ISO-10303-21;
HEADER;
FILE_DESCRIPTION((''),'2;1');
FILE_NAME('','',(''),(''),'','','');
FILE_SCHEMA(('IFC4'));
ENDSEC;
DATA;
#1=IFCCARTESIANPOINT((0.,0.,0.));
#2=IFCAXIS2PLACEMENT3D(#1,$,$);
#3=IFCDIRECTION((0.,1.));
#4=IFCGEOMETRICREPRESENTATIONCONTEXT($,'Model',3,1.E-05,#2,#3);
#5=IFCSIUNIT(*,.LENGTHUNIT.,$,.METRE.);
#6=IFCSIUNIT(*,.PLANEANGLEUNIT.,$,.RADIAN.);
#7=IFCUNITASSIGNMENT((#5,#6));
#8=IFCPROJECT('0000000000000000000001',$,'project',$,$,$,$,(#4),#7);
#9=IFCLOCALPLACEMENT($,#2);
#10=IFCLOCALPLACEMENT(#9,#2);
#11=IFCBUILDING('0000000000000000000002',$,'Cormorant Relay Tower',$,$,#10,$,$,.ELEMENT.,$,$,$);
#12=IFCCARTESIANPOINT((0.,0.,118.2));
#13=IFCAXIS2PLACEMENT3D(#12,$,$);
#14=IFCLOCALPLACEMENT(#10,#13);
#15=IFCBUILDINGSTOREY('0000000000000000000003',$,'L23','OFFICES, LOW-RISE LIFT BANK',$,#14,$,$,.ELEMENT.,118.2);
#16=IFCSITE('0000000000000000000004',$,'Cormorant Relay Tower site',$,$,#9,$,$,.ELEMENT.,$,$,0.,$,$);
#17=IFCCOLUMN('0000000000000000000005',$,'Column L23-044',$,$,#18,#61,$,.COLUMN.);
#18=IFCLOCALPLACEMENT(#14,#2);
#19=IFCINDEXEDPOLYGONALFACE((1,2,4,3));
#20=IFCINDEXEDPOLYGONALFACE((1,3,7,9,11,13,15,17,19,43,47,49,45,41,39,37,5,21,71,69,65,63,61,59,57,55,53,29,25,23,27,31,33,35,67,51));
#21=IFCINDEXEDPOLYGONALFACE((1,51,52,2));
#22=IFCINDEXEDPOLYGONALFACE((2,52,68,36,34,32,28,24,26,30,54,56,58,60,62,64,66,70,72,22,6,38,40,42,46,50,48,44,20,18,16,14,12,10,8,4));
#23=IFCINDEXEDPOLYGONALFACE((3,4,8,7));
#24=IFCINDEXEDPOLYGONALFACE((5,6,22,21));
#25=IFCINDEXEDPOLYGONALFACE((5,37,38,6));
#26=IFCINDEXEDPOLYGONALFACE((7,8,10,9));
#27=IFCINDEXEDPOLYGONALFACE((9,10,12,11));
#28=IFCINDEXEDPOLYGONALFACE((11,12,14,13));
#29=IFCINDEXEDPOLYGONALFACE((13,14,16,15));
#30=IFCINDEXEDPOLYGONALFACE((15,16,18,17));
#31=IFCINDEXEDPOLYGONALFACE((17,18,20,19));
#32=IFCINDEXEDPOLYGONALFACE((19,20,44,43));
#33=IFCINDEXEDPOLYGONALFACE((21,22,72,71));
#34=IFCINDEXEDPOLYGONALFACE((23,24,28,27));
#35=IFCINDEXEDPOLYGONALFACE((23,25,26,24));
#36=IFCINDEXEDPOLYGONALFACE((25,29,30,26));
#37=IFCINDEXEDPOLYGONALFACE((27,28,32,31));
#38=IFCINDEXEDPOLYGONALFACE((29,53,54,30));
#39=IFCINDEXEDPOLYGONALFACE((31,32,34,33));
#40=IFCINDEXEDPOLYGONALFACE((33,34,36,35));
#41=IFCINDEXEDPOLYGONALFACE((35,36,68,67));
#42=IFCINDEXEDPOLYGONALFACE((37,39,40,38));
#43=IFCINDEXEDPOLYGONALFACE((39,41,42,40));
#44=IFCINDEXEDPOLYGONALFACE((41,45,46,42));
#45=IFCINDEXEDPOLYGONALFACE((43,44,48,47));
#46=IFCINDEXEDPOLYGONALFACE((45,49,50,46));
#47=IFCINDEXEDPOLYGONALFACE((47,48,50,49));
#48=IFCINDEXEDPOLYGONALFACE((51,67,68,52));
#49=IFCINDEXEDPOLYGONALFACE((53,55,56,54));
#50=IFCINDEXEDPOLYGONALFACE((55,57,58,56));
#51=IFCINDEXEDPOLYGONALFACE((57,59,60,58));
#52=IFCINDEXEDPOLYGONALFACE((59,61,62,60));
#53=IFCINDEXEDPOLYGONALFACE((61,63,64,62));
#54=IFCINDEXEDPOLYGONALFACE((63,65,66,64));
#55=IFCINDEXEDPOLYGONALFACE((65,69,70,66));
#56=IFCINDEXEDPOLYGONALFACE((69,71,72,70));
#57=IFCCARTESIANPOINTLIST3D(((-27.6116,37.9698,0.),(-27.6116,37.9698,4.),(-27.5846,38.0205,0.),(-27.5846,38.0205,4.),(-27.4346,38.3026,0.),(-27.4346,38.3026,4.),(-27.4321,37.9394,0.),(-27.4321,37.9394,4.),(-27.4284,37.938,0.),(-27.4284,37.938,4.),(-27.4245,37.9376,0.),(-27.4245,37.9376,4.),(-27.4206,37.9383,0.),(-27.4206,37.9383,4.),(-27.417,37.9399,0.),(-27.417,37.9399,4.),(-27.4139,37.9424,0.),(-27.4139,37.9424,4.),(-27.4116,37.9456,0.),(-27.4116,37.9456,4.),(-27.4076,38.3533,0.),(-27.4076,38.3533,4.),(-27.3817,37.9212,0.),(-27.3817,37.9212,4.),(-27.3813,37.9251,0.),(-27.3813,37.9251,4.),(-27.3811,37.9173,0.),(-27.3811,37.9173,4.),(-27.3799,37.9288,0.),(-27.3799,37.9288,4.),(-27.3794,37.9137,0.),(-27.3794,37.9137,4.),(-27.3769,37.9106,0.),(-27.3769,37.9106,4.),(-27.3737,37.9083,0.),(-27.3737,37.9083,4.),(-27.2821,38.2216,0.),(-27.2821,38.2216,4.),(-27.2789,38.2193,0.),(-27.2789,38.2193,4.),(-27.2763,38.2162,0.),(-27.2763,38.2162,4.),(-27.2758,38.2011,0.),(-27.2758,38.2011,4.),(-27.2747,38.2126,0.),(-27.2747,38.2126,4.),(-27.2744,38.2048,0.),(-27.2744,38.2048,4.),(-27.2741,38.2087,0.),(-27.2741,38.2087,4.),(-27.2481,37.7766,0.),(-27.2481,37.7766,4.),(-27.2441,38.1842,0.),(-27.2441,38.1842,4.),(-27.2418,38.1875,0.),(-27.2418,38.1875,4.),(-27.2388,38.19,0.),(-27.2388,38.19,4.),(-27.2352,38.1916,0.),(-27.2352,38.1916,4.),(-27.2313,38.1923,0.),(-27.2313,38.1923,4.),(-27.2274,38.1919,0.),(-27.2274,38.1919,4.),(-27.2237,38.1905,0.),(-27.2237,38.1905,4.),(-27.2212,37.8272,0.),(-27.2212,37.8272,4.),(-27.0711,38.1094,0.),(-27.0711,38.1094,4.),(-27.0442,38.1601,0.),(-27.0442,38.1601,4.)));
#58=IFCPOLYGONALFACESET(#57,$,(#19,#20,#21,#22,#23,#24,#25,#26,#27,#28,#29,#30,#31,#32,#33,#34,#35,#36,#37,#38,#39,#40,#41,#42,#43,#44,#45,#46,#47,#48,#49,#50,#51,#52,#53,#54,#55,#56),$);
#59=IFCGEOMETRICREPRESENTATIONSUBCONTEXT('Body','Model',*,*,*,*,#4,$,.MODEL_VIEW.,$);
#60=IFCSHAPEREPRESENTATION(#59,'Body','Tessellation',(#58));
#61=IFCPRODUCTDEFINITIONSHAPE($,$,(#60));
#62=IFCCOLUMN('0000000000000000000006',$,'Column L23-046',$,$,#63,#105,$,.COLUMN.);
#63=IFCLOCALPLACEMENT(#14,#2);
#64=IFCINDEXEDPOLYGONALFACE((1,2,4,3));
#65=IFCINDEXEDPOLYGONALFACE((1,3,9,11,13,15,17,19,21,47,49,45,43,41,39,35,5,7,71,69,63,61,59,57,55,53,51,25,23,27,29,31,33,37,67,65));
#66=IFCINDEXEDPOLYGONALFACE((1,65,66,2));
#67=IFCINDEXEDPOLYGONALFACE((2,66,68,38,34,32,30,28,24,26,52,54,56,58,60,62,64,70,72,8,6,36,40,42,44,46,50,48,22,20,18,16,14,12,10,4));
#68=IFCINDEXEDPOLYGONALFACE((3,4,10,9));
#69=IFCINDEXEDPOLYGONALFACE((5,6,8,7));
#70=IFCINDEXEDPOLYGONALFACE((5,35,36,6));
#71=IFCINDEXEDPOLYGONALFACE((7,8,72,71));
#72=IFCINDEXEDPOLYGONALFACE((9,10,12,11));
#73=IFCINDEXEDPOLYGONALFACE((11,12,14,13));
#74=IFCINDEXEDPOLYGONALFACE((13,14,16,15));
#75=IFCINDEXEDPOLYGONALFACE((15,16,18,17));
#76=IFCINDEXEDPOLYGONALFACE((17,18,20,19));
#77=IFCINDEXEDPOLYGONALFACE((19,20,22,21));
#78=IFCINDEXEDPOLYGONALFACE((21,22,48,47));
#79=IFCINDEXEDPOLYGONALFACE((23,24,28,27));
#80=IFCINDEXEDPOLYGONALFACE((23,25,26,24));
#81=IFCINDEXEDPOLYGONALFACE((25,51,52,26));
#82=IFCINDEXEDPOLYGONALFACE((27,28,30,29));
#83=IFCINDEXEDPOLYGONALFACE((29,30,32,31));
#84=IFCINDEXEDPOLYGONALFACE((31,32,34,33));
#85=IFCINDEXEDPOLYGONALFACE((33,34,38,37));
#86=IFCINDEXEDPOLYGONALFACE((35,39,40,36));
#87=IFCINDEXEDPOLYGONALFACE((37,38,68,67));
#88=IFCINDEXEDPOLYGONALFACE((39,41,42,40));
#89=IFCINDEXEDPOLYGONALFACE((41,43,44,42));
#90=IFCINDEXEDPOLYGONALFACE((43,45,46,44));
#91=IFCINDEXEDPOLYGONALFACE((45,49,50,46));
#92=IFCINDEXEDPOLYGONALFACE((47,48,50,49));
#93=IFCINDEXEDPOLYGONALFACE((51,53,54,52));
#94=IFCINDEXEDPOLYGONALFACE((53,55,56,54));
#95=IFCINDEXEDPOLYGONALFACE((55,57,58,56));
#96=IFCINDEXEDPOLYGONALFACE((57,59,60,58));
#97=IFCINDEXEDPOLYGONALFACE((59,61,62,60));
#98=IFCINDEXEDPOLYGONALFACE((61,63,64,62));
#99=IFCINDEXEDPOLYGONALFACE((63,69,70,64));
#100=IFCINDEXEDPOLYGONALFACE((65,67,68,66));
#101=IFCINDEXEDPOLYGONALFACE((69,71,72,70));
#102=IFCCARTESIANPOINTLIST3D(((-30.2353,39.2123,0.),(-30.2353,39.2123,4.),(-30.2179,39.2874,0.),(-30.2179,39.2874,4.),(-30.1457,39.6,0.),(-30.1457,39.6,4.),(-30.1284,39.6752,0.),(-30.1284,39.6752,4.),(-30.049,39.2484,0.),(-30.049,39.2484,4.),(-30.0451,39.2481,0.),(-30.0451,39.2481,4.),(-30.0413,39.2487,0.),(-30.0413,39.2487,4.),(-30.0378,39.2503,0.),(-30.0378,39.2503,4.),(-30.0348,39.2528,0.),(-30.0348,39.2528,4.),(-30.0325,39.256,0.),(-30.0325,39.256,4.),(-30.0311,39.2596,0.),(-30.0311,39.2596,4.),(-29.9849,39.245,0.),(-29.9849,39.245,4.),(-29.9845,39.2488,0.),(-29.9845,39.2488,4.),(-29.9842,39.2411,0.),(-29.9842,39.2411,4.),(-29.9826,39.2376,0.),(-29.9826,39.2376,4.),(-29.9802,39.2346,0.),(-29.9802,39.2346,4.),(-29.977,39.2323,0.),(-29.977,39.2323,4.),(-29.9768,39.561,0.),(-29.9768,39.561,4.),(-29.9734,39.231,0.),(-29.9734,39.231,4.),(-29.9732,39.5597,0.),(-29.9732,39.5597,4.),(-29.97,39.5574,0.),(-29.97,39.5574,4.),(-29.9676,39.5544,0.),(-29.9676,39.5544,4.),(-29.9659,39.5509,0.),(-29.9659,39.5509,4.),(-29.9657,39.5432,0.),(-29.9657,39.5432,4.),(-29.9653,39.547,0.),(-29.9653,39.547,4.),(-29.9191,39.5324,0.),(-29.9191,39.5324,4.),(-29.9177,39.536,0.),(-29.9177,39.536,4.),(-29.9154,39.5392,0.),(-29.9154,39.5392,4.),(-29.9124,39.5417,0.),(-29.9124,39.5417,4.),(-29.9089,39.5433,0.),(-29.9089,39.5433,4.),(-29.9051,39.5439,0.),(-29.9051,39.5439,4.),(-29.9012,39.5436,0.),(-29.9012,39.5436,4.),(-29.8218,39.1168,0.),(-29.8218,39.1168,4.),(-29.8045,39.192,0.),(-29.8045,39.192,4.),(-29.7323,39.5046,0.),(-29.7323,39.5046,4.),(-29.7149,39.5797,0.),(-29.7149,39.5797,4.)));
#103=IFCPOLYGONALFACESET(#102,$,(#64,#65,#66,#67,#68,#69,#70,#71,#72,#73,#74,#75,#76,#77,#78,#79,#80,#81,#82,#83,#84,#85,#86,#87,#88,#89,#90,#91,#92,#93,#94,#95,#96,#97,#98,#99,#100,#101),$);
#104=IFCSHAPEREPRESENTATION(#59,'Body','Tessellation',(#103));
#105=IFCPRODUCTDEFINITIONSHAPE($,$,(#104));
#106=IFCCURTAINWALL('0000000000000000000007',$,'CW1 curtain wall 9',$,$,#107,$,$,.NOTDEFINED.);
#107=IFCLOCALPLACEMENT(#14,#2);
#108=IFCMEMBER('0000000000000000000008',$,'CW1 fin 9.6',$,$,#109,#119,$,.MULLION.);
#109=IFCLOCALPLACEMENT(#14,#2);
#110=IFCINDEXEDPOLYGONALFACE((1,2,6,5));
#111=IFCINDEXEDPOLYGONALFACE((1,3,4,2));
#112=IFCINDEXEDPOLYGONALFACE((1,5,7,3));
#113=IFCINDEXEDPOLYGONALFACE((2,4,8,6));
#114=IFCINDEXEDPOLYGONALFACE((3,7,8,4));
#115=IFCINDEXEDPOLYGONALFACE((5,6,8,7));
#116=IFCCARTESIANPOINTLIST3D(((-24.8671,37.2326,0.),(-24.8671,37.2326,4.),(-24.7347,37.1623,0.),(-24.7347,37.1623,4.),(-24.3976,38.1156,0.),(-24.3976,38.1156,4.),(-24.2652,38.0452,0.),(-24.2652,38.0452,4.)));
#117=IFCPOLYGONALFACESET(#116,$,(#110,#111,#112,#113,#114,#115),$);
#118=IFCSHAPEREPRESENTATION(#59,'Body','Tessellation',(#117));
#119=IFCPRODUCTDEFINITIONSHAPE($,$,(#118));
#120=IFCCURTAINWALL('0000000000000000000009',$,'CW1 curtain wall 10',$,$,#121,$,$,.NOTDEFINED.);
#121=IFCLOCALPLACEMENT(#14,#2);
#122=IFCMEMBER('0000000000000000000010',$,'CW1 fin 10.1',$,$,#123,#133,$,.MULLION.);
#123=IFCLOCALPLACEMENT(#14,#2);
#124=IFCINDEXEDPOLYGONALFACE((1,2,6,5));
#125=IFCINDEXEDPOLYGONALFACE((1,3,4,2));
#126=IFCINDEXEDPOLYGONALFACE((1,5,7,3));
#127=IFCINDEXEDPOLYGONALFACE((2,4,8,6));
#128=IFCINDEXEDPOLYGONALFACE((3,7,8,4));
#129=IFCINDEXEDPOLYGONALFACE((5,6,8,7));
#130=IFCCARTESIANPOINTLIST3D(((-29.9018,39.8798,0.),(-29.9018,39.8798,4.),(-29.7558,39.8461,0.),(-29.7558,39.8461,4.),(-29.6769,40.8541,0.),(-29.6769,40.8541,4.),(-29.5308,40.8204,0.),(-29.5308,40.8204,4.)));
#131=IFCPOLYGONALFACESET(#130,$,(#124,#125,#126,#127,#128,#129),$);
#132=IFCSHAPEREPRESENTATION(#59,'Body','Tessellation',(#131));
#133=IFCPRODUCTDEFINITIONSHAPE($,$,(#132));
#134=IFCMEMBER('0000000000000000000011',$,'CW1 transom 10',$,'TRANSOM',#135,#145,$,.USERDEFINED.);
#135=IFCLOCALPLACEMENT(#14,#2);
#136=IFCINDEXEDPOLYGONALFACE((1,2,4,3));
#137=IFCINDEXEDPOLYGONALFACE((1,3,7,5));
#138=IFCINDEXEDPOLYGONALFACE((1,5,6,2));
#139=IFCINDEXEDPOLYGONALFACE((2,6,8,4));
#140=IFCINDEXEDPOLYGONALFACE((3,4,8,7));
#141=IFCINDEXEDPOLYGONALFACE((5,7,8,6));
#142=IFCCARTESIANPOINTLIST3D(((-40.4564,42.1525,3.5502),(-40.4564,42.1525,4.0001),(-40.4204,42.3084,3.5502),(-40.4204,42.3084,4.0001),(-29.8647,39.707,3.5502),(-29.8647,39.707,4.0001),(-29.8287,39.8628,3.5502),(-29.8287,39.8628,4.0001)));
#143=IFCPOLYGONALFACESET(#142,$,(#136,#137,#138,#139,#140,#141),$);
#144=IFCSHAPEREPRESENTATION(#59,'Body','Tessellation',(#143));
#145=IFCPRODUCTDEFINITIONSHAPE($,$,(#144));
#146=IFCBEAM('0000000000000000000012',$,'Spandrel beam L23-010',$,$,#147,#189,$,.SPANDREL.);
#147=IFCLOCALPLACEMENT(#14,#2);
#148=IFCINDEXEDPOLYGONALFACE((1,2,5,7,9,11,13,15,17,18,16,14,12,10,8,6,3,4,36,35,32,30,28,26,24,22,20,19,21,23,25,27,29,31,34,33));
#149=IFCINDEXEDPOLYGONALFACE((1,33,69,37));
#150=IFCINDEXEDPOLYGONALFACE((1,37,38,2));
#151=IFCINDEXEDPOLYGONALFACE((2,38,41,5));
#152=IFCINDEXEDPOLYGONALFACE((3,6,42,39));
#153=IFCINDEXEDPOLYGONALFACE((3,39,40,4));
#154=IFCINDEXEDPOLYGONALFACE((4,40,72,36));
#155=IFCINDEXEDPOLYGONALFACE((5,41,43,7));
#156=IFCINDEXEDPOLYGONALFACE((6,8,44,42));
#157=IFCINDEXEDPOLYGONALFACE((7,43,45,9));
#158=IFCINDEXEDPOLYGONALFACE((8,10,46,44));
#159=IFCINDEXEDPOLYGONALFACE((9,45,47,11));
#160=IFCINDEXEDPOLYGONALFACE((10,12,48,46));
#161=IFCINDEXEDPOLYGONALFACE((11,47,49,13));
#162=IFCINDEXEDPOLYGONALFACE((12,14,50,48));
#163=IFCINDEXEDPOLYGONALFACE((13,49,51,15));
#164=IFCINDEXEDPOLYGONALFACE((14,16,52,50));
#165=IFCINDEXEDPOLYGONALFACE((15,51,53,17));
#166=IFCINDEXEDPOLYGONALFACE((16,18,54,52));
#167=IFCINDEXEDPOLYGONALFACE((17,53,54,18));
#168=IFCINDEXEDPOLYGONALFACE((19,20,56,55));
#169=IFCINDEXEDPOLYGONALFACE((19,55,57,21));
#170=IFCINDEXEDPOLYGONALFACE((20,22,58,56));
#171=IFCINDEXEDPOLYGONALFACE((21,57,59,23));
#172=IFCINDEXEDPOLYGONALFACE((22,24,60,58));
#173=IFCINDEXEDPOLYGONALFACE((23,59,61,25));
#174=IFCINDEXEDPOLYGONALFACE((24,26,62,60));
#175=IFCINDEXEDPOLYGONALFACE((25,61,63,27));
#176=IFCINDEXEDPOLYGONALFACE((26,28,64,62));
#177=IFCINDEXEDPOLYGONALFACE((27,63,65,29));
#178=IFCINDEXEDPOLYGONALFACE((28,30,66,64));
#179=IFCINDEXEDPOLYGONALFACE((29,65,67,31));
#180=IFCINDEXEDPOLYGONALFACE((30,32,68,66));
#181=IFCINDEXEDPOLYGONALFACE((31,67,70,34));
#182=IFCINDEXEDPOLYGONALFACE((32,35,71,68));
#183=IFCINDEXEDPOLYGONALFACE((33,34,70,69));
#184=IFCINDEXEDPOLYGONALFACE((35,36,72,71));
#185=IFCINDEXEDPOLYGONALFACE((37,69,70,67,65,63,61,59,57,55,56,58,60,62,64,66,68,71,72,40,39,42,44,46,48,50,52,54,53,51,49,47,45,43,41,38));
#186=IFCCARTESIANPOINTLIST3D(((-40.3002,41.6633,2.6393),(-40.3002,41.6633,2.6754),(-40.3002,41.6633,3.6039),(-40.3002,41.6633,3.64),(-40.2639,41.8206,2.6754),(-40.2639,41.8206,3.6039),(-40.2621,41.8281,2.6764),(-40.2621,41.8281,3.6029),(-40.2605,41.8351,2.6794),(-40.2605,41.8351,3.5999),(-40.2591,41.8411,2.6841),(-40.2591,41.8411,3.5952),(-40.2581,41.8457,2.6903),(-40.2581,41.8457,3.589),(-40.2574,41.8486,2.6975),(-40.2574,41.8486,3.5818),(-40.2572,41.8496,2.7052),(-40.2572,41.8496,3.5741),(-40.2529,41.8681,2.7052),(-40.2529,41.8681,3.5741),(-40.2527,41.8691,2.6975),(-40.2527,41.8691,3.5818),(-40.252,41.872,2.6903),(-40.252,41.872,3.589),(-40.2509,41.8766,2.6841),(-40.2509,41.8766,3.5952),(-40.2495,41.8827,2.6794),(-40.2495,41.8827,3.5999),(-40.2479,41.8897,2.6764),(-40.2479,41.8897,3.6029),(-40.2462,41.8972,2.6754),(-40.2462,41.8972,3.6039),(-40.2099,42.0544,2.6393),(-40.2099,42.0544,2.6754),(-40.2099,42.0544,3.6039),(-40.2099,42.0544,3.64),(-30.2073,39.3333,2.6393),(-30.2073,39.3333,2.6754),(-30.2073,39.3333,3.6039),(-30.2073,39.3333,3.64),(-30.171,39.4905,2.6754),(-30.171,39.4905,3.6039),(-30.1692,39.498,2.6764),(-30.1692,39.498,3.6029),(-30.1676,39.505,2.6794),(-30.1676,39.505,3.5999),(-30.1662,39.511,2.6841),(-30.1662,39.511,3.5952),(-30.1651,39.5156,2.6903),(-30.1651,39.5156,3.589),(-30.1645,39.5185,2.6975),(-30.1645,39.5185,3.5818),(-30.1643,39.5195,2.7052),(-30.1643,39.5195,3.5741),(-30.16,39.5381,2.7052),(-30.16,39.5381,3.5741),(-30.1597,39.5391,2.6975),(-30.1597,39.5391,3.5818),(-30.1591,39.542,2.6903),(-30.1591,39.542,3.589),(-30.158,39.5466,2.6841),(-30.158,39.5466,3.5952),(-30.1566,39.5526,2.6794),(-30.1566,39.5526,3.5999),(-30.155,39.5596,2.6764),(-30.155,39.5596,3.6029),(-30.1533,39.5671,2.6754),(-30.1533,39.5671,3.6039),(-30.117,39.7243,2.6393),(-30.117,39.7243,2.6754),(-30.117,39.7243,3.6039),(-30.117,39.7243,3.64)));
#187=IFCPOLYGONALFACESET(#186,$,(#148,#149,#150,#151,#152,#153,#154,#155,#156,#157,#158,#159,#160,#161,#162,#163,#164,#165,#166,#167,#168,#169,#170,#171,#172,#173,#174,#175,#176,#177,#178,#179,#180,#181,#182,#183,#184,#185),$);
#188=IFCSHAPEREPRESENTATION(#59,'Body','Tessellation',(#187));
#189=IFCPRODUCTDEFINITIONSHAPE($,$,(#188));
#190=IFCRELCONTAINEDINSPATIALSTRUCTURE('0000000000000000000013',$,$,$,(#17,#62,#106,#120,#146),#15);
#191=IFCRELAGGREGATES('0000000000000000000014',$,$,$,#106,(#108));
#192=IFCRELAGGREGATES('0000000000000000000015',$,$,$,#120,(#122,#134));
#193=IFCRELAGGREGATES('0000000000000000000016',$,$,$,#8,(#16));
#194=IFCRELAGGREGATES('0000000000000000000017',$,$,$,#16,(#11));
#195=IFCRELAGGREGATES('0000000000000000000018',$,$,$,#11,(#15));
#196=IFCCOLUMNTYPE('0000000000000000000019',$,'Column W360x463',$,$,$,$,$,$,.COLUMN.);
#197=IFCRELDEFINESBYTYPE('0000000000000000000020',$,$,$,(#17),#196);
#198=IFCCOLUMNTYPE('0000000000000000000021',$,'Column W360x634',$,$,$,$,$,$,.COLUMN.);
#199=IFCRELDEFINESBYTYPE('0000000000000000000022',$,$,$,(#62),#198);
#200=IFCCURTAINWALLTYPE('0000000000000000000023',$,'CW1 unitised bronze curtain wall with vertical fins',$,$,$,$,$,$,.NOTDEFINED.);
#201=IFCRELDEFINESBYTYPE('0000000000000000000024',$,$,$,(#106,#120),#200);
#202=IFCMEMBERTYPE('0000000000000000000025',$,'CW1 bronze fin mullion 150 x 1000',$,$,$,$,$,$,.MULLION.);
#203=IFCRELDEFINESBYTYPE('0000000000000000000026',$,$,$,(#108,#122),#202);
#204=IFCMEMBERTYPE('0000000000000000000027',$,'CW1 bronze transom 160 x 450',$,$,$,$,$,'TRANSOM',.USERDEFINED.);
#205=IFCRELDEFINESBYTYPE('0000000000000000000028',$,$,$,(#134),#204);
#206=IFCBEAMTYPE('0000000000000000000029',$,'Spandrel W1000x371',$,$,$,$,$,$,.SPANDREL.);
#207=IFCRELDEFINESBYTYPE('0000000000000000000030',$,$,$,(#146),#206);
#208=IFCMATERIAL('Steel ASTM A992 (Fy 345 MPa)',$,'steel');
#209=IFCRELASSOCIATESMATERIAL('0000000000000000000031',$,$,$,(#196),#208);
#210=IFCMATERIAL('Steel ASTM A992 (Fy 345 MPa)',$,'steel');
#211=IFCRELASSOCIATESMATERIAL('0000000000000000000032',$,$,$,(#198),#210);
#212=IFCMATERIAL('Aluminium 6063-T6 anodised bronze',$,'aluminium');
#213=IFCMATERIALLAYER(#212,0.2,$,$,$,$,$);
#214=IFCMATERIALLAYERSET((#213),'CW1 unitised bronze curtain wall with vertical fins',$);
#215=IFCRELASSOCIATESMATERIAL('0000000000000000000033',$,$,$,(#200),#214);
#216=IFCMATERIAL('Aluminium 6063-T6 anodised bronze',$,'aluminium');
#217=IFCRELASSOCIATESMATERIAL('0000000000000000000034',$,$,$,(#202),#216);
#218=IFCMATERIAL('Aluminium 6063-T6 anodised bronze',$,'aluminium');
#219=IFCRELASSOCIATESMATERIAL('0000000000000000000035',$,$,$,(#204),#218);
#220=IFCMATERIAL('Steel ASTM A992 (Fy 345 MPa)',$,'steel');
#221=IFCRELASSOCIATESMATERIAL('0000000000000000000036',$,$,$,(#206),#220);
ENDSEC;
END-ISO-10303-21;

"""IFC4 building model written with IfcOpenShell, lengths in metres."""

from ifc_helpers import new_model, si_unit, direction, frame, origin, origin_2d, place, context, subcontext, project, spatial, rectangle, i_section, extrude, material, layer, layer_set, material_profile, profile_set, type_object, element, aggregate, save


model = new_model("IFC4")

# Units and contexts
model_context = context("Model", 3, precision=1e-05, world=origin(), true_north=direction((0.0, 1.0)))
body_context = subcontext(model_context, "Body", "Model", "MODEL_VIEW")
ifc_project = project(units=[si_unit("LENGTHUNIT", "METRE"), si_unit("PLANEANGLEUNIT", "RADIAN")], contexts=[model_context])

# Site, building, storey
site_placement = place(None, origin())
site = spatial("IfcSite", under=ifc_project, at=site_placement, Name="Cormorant Relay Tower site", CompositionType="ELEMENT", RefElevation=0.0)
building_placement = place(site_placement, origin())
building = spatial("IfcBuilding", under=site, at=building_placement, Name="Cormorant Relay Tower", CompositionType="ELEMENT")
storey_placement = place(building_placement, frame((0.0, 0.0, 118.2)))
storey = spatial("IfcBuildingStorey", under=building, at=storey_placement, Name="L23", Description="OFFICES, LOW-RISE LIFT BANK", CompositionType="ELEMENT", Elevation=118.2)

# Columns
ifc_material_1 = material(Name="Steel ASTM A992 (Fy 345 MPa)", Category="steel")
ifc_material_profile_1 = material_profile(ifc_material_1, i_section(OverallWidth=0.4116, OverallDepth=0.4343, WebThickness=0.0359, FlangeThickness=0.0574, FilletRadius=0.0151, at=origin_2d()), Name="W360x463")
ifc_profile_set_1 = profile_set([ifc_material_profile_1], Name="Steel ASTM A992 (Fy 345 MPa)")
column_type_1 = type_object("IfcColumnType", Name="Column W360x463", PredefinedType="COLUMN", material=ifc_profile_set_1)
column_1_placement = place(storey_placement, frame((-27.3279, 38.0649, 0.0), z_axis=(0.0, 0.0, 1.0), x_axis=(-0.882948, 0.469472, 0.0)))
element("IfcColumn", 1, at=column_1_placement, inside=storey, type_object=column_type_1, Name="Column L23-044", PredefinedType="COLUMN", context=body_context, shape_type="SweptSolid", body=[
    extrude(i_section(OverallWidth=0.4116, OverallDepth=0.4343, WebThickness=0.0359, FlangeThickness=0.0574, FilletRadius=0.0151, at=origin_2d()), origin(), (0.0, 0.0, 1.0), 4.0),
])
ifc_material_2 = material(Name="Steel ASTM A992 (Fy 345 MPa)", Category="steel")
ifc_material_profile_2 = material_profile(ifc_material_2, i_section(OverallWidth=0.4243, OverallDepth=0.4751, WebThickness=0.0479, FlangeThickness=0.0771, FilletRadius=0.0149, at=origin_2d()), Name="W360x634")
ifc_profile_set_2 = profile_set([ifc_material_profile_2], Name="Steel ASTM A992 (Fy 345 MPa)")
column_type_2 = type_object("IfcColumnType", Name="Column W360x634", PredefinedType="COLUMN", material=ifc_profile_set_2)
column_2_placement = place(storey_placement, frame((-29.9751, 39.396, 0.0), z_axis=(0.0, 0.0, 1.0), x_axis=(-0.97437, 0.224951, 0.0)))
element("IfcColumn", 2, at=column_2_placement, inside=storey, type_object=column_type_2, Name="Column L23-046", PredefinedType="COLUMN", context=body_context, shape_type="SweptSolid", body=[
    extrude(i_section(OverallWidth=0.4243, OverallDepth=0.4751, WebThickness=0.0479, FlangeThickness=0.0771, FilletRadius=0.0149, at=origin_2d()), origin(), (0.0, 0.0, 1.0), 4.0),
])

# Curtain wall, member
ifc_material_3 = material(Name="Aluminium 6063-T6 anodised bronze", Category="aluminium")
ifc_layer_1 = layer(ifc_material_3, 0.2)
ifc_layer_set_1 = layer_set([ifc_layer_1], Name="CW1 unitised bronze curtain wall with vertical fins")
curtain_wall_type = type_object("IfcCurtainWallType", Name="CW1 unitised bronze curtain wall with vertical fins", PredefinedType="NOTDEFINED", material=ifc_layer_set_1)
curtain_wall_1_placement = place(storey_placement, origin())
curtain_wall_1 = element("IfcCurtainWall", 3, at=curtain_wall_1_placement, inside=storey, type_object=curtain_wall_type, Name="CW1 curtain wall 9", PredefinedType="NOTDEFINED")
ifc_material_4 = material(Name="Aluminium 6063-T6 anodised bronze", Category="aluminium")
ifc_material_profile_3 = material_profile(ifc_material_4, rectangle(XDim=0.1499, YDim=1.0, at=origin_2d()), Name="AL 150x1000")
ifc_profile_set_3 = profile_set([ifc_material_profile_3], Name="Aluminium 6063-T6 anodised bronze")
member_type_1 = type_object("IfcMemberType", Name="CW1 bronze fin mullion 150 x 1000", PredefinedType="MULLION", material=ifc_profile_set_3)
member_1_placement = place(storey_placement, frame((-24.5662, 37.6389, 0.0), z_axis=(0.0, 0.0, 1.0), x_axis=(-0.882948, 0.469472, 0.0)))
member_1 = element("IfcMember", 4, at=member_1_placement, type_object=member_type_1, Name="CW1 fin 9.6", PredefinedType="MULLION", context=body_context, shape_type="SweptSolid", body=[
    extrude(rectangle(XDim=0.1499, YDim=1.0, at=origin_2d()), origin(), (0.0, 0.0, 1.0), 4.0),
])

# Curtain wall, members
curtain_wall_2_placement = place(storey_placement, origin())
curtain_wall_2 = element("IfcCurtainWall", 5, at=curtain_wall_2_placement, inside=storey, type_object=curtain_wall_type, Name="CW1 curtain wall 10", PredefinedType="NOTDEFINED")
member_2_placement = place(storey_placement, frame((-29.7163, 40.3501, 0.0), z_axis=(0.0, 0.0, 1.0), x_axis=(-0.97437, 0.224951, 0.0)))
member_2 = element("IfcMember", 6, at=member_2_placement, type_object=member_type_1, Name="CW1 fin 10.1", PredefinedType="MULLION", context=body_context, shape_type="SweptSolid", body=[
    extrude(rectangle(XDim=0.1499, YDim=1.0, at=origin_2d()), origin(), (0.0, 0.0, 1.0), 4.0),
])
ifc_material_5 = material(Name="Aluminium 6063-T6 anodised bronze", Category="aluminium")
ifc_material_profile_4 = material_profile(ifc_material_5, rectangle(XDim=0.1599, YDim=0.45, at=origin_2d()), Name="AL 160x450")
ifc_profile_set_4 = profile_set([ifc_material_profile_4], Name="Aluminium 6063-T6 anodised bronze")
member_type_2 = type_object("IfcMemberType", Name="CW1 bronze transom 160 x 450", ElementType="TRANSOM", PredefinedType="USERDEFINED", material=ifc_profile_set_4)
member_3_placement = place(storey_placement, frame((-29.8467, 39.7849, 3.7751), z_axis=(-0.974365, 0.224973, 0.0), x_axis=(-0.224973, -0.974365, 0.0)))
member_3 = element("IfcMember", 7, at=member_3_placement, type_object=member_type_2, Name="CW1 transom 10", ObjectType="TRANSOM", PredefinedType="USERDEFINED", context=body_context, shape_type="SweptSolid", body=[
    extrude(rectangle(XDim=0.1599, YDim=0.45, at=origin_2d()), origin(), (0.0, 0.0, 1.0), 10.8704),
])

# Beam
ifc_material_6 = material(Name="Steel ASTM A992 (Fy 345 MPa)", Category="steel")
ifc_material_profile_5 = material_profile(ifc_material_6, i_section(OverallWidth=0.4014, OverallDepth=1.0007, WebThickness=0.019, FlangeThickness=0.0361, FilletRadius=0.0298, at=origin_2d()), Name="W1000x371")
ifc_profile_set_5 = profile_set([ifc_material_profile_5], Name="Steel ASTM A992 (Fy 345 MPa)")
beam_type = type_object("IfcBeamType", Name="Spandrel W1000x371", PredefinedType="SPANDREL", material=ifc_profile_set_5)
beam_placement = place(storey_placement, frame((-30.1621, 39.5288, 3.1396), z_axis=(-0.974372, 0.224944, 0.0), x_axis=(-0.224944, -0.974372, 0.0)))
element("IfcBeam", 8, at=beam_placement, inside=storey, type_object=beam_type, Name="Spandrel beam L23-010", PredefinedType="SPANDREL", context=body_context, shape_type="SweptSolid", body=[
    extrude(i_section(OverallWidth=0.4014, OverallDepth=1.0007, WebThickness=0.019, FlangeThickness=0.0361, FilletRadius=0.0298, at=origin_2d()), origin(), (0.0, 0.0, 1.0), 10.3584),
])

aggregate(curtain_wall_1, [member_1])
aggregate(curtain_wall_2, [member_2, member_3])

save(model, "model.ifc")
